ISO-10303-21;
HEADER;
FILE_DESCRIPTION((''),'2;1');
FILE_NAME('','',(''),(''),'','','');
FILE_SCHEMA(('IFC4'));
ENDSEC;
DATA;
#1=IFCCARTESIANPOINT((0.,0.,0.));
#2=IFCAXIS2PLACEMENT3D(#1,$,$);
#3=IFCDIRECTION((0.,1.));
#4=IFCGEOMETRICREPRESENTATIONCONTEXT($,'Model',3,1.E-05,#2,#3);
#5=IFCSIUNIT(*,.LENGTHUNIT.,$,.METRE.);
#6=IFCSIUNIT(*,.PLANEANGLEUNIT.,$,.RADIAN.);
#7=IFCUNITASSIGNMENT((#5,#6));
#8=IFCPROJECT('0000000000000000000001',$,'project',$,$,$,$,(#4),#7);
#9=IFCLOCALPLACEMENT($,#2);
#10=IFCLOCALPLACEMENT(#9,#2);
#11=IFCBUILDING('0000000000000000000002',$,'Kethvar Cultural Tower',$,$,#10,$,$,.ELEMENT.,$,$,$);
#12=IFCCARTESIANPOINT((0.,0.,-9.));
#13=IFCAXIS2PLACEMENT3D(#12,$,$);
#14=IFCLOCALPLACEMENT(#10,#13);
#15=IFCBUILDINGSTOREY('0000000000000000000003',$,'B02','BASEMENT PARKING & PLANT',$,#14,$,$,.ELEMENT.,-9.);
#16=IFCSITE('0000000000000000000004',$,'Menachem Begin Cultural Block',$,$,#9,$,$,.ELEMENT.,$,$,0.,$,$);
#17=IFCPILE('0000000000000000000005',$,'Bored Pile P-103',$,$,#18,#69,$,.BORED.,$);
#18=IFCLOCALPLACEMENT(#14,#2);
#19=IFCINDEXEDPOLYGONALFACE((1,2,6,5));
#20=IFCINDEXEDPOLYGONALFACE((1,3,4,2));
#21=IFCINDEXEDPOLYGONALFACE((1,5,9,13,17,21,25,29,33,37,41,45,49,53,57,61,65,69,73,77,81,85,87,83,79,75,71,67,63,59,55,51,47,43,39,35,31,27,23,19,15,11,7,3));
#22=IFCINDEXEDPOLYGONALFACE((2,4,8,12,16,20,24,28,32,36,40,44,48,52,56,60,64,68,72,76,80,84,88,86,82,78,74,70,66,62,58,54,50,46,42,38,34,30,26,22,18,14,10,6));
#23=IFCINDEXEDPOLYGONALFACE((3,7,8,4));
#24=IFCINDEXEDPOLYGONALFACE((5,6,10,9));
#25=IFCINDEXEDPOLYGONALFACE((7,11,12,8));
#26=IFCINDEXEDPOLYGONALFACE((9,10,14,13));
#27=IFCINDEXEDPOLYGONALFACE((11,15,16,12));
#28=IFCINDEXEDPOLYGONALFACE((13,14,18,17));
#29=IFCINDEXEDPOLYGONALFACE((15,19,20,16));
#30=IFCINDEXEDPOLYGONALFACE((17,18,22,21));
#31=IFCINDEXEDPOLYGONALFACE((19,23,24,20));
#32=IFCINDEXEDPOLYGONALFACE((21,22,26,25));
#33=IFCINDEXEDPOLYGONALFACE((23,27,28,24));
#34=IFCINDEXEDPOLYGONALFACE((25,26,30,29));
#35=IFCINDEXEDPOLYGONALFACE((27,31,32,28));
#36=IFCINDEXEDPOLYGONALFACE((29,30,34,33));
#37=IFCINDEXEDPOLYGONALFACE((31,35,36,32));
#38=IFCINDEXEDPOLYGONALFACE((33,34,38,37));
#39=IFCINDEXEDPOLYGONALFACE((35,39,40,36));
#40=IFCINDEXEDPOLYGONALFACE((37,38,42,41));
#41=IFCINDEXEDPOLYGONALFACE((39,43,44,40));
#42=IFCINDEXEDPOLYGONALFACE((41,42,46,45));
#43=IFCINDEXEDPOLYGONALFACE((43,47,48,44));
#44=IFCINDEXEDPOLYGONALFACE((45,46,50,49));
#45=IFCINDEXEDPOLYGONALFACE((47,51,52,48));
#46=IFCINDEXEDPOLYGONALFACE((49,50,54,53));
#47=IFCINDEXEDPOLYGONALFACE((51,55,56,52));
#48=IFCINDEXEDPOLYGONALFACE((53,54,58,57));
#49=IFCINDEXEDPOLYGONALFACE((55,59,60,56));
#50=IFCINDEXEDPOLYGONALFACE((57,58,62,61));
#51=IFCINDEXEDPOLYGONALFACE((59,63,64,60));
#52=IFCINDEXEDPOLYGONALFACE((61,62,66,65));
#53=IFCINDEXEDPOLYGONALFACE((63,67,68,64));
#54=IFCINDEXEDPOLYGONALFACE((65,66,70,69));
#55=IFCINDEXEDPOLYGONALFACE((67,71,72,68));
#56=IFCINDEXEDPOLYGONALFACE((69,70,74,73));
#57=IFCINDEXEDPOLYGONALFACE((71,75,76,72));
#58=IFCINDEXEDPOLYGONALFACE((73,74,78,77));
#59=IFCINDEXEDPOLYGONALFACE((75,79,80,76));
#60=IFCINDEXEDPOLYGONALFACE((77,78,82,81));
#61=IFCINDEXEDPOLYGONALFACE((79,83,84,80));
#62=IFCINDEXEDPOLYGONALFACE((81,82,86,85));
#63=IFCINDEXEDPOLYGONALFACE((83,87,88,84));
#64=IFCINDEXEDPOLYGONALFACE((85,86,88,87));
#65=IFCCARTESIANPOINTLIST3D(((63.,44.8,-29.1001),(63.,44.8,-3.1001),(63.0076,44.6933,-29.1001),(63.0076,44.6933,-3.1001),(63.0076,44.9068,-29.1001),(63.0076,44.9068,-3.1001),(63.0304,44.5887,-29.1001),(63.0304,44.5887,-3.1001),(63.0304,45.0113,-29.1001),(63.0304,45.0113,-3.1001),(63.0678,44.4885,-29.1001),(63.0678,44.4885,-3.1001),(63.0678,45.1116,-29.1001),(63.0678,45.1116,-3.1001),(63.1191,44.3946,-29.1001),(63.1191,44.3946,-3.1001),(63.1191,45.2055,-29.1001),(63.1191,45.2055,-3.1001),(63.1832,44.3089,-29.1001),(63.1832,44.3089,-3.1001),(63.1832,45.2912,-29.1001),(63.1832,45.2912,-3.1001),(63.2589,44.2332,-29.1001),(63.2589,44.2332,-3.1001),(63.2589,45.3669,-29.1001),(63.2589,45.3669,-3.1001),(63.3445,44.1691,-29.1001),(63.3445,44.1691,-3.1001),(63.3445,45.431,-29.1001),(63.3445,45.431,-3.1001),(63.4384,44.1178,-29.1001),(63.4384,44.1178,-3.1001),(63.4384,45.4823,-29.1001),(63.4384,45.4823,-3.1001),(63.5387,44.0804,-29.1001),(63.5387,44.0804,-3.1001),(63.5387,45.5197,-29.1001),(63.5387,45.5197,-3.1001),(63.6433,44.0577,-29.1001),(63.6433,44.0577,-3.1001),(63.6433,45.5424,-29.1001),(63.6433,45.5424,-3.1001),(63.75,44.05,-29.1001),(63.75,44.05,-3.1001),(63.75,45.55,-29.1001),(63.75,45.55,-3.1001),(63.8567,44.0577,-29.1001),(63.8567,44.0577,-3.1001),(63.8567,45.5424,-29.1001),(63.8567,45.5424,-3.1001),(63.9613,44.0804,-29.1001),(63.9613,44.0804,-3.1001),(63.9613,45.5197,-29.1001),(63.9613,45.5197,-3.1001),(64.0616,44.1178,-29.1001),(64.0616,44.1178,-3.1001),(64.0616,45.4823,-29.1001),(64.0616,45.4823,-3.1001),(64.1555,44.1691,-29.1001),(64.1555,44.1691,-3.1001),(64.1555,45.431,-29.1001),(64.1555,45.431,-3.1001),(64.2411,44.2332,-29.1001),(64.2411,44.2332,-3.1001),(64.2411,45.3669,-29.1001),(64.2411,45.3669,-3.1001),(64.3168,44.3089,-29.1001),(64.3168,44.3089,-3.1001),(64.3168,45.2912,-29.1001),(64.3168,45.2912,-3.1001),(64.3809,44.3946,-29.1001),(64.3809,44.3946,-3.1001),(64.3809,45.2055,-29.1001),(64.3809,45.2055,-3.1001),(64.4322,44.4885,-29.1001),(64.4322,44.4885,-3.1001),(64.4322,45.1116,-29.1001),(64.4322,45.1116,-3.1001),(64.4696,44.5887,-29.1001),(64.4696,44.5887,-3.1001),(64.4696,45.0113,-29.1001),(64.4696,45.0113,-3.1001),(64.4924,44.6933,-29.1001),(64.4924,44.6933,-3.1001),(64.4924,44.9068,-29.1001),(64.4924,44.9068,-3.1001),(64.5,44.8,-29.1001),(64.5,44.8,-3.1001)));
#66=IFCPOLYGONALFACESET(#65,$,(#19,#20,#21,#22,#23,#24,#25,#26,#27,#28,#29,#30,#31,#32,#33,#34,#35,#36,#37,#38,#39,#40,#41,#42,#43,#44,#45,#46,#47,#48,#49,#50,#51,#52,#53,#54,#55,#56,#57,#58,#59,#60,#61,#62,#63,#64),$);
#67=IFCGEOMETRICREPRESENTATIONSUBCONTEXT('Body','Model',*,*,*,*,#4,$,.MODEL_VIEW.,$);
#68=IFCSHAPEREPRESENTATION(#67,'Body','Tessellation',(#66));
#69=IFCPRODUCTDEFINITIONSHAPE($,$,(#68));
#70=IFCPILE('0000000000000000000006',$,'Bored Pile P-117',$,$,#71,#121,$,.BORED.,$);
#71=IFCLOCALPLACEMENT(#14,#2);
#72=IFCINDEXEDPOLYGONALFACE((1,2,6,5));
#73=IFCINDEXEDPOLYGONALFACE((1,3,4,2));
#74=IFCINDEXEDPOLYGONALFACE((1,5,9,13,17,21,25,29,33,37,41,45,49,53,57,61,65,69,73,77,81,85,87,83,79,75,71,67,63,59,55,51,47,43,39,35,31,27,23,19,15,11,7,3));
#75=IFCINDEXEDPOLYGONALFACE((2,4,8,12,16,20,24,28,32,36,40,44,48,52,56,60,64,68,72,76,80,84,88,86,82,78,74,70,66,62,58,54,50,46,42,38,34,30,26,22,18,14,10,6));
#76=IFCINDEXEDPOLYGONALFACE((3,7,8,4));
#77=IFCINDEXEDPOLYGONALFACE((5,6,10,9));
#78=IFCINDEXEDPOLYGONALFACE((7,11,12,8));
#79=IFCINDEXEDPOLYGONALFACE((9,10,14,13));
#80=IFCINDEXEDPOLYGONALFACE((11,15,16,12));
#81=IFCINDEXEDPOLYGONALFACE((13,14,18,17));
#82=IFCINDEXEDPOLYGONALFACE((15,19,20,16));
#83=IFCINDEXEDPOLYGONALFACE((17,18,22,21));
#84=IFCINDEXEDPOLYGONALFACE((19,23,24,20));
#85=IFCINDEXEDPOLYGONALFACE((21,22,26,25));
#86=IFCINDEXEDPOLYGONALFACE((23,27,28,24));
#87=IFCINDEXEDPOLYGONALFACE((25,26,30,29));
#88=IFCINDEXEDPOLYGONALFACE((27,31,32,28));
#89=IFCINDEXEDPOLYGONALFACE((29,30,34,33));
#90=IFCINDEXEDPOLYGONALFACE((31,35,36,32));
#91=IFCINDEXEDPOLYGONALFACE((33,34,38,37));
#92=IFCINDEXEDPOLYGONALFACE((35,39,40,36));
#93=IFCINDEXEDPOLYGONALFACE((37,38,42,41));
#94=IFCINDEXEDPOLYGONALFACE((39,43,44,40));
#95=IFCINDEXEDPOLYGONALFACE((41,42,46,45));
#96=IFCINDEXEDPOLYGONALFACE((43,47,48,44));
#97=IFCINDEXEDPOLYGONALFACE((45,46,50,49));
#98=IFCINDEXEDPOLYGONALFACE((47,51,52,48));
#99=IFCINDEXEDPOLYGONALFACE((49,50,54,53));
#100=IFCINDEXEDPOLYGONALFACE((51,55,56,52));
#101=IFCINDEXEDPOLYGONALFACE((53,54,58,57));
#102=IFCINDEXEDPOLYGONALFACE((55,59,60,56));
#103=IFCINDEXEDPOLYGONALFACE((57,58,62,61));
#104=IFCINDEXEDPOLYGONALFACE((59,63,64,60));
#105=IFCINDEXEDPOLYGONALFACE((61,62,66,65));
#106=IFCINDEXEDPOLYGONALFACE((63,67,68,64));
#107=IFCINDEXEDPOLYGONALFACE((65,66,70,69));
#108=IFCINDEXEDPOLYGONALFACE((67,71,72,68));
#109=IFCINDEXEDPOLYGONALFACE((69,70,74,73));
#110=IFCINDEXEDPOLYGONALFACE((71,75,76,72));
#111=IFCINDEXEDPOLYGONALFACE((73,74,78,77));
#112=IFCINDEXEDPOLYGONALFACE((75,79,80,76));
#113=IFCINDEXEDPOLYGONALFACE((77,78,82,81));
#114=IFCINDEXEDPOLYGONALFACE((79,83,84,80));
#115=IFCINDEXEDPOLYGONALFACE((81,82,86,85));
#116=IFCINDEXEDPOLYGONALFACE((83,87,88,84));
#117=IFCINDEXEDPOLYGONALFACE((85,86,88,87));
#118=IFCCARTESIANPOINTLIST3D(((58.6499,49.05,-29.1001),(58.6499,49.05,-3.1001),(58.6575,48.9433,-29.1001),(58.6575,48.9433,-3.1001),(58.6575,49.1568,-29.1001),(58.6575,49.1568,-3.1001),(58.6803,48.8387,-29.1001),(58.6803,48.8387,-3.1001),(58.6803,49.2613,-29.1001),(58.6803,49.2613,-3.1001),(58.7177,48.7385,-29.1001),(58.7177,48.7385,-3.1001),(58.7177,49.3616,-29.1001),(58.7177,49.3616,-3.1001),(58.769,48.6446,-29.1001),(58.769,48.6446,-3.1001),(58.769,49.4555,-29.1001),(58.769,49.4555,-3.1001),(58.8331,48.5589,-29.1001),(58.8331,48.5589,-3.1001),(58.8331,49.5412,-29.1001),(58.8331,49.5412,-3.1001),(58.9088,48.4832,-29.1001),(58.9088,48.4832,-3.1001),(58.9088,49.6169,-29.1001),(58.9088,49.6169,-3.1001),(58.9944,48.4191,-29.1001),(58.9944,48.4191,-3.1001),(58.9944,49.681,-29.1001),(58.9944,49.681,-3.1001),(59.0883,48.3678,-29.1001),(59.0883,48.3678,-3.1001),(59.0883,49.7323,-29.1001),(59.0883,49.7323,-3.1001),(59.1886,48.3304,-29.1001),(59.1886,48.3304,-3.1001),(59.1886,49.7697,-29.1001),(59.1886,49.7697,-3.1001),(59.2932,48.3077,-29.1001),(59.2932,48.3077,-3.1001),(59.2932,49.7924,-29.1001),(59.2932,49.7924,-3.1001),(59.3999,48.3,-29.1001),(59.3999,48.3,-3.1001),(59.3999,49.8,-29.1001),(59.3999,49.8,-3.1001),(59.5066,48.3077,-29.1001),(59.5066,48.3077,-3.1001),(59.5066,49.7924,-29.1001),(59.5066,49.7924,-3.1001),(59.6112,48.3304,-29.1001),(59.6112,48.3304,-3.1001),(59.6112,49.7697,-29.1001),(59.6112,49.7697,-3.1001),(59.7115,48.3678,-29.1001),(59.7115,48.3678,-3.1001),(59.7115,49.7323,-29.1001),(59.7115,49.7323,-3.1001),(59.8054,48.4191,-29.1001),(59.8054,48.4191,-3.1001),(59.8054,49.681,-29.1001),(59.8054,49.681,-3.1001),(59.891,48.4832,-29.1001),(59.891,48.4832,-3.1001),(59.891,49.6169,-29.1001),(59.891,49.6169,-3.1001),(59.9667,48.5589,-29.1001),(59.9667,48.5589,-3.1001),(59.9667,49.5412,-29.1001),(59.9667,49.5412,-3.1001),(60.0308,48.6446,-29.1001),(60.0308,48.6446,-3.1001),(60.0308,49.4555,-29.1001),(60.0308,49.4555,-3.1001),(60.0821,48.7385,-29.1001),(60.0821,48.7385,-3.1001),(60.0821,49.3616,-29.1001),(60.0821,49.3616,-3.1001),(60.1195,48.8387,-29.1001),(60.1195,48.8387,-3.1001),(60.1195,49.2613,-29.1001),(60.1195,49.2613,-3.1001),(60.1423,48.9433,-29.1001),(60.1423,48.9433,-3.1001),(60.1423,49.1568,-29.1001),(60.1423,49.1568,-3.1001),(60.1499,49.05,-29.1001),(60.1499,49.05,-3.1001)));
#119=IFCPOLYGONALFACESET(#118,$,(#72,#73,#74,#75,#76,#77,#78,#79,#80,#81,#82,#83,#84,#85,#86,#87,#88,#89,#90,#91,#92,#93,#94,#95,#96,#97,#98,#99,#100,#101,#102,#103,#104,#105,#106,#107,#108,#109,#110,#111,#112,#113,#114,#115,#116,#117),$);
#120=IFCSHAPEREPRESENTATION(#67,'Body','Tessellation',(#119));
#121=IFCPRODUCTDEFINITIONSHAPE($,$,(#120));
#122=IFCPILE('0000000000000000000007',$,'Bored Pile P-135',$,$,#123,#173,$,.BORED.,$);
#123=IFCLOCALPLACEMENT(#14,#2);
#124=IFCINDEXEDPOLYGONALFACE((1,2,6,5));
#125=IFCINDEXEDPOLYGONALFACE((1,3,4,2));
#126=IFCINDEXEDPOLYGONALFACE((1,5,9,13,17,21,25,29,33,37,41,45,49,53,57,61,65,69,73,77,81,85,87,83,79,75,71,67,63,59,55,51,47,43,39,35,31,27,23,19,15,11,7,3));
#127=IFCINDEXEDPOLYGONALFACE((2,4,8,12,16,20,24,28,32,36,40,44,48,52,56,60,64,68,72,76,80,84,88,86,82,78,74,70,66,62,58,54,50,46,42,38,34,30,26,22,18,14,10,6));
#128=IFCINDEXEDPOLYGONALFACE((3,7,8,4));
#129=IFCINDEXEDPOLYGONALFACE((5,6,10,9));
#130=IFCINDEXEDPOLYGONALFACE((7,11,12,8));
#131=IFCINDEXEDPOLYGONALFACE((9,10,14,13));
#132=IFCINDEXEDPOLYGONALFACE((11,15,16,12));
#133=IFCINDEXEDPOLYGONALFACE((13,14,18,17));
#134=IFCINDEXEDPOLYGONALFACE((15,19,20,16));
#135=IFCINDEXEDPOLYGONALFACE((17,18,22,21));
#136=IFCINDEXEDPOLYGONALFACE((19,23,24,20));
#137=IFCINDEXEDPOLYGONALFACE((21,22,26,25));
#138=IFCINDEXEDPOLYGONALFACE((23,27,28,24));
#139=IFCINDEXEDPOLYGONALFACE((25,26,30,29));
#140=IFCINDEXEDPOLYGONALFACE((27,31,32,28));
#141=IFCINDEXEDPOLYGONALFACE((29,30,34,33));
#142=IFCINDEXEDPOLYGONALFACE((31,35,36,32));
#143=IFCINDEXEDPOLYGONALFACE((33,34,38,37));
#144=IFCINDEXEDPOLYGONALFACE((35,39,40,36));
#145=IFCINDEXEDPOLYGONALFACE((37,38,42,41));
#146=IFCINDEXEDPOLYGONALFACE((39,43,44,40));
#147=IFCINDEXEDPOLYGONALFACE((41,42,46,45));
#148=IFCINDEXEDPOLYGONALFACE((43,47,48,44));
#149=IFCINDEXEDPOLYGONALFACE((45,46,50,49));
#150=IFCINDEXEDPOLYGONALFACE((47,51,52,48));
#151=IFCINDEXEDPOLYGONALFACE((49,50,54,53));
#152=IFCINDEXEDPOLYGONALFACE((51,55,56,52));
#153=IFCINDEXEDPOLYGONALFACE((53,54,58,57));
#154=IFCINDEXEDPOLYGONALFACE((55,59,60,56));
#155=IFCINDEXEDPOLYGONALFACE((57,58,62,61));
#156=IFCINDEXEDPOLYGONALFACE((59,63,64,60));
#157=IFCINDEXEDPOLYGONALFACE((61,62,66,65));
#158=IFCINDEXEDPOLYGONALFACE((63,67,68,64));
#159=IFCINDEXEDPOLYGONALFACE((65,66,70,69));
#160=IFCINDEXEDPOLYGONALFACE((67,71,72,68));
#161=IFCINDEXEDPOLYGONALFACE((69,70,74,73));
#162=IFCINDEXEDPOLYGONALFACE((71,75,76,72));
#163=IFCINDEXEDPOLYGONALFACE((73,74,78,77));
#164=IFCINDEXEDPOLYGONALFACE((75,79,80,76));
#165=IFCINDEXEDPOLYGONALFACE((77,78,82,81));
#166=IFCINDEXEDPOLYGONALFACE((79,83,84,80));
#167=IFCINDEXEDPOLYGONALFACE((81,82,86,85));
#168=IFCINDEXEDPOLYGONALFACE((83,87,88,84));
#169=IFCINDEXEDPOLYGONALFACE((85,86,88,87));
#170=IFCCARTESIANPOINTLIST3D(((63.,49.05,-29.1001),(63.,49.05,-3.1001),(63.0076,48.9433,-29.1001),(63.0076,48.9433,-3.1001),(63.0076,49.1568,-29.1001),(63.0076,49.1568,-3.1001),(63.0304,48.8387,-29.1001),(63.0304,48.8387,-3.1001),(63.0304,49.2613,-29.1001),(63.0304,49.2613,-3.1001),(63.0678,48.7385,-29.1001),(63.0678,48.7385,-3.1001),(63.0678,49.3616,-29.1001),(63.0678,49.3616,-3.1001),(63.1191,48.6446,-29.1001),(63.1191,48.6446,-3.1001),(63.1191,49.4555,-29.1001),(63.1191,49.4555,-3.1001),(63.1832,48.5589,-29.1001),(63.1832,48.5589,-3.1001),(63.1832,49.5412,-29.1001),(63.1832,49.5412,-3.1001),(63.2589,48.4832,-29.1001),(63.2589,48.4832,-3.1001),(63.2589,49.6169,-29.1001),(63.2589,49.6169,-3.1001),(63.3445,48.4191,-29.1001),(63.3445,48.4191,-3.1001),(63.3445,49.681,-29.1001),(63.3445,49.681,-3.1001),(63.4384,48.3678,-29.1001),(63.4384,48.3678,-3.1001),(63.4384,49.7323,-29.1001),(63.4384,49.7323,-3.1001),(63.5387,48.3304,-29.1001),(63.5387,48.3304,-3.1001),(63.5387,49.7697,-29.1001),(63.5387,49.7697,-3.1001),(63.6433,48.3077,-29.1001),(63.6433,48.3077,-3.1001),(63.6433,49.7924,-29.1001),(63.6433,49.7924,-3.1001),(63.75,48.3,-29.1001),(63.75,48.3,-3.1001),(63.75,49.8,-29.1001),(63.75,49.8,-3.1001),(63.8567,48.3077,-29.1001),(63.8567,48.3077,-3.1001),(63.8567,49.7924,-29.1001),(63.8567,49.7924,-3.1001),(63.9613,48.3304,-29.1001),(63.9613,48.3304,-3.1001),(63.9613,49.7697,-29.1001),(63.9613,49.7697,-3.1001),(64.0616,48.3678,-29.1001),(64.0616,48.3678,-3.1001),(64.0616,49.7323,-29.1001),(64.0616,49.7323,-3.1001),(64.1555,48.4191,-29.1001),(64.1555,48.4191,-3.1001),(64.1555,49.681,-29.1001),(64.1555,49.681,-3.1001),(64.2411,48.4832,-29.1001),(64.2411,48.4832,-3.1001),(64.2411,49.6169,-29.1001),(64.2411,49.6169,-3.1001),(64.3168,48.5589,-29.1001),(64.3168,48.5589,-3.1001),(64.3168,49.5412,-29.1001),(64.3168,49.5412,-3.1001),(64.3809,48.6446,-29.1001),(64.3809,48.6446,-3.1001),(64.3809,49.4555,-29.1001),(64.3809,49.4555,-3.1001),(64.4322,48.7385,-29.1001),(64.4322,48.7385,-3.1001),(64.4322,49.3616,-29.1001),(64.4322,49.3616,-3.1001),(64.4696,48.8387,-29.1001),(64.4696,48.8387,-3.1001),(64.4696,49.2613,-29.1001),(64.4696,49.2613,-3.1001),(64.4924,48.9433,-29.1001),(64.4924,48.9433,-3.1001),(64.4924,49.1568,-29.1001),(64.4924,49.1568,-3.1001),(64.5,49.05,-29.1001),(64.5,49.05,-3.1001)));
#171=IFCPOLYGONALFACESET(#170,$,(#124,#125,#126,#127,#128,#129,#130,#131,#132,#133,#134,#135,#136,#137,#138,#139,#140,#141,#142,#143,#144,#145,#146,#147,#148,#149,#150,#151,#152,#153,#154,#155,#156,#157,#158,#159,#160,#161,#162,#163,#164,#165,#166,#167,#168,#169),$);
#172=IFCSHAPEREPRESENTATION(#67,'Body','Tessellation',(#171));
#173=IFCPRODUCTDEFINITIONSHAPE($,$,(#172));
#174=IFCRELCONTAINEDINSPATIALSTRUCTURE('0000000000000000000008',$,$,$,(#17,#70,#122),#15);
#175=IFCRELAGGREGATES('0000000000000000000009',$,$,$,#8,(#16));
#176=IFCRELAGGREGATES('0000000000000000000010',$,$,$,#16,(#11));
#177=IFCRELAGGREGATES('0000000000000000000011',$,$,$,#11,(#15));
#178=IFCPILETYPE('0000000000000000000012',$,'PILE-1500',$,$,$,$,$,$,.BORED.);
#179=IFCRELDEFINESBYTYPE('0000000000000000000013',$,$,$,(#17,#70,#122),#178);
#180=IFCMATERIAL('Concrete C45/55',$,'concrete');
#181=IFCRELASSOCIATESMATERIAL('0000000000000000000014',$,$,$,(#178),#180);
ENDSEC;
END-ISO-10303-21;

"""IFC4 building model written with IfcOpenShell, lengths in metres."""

from ifc_helpers import new_model, si_unit, direction, frame, origin, origin_2d, place, context, subcontext, project, spatial, circle, extrude, source, transform, mapped, material, material_profile, profile_set, type_object, element, save


model = new_model("IFC4")

# Units and contexts
model_context = context("Model", 3, precision=1e-05, world=origin(), true_north=direction((0.0, 1.0)))
body_context = subcontext(model_context, "Body", "Model", "MODEL_VIEW")
ifc_project = project(units=[si_unit("LENGTHUNIT", "METRE"), si_unit("PLANEANGLEUNIT", "RADIAN")], contexts=[model_context])

# Site, building, storey
site_placement = place(None, origin())
site = spatial("IfcSite", under=ifc_project, at=site_placement, Name="Menachem Begin Cultural Block", CompositionType="ELEMENT", RefElevation=0.0)
building_placement = place(site_placement, origin())
building = spatial("IfcBuilding", under=site, at=building_placement, Name="Kethvar Cultural Tower", CompositionType="ELEMENT")
storey_placement = place(building_placement, frame((0.0, 0.0, -9.0)))
storey = spatial("IfcBuildingStorey", under=building, at=storey_placement, Name="B02", Description="BASEMENT PARKING & PLANT", CompositionType="ELEMENT", Elevation=-9.0)

# Piles
ifc_material_1 = material(Name="Concrete C45/55", Category="concrete")
ifc_material_profile_1 = material_profile(ifc_material_1, circle(Radius=0.75, at=origin_2d()), Name="Concrete C45/55 — PILE1500")
ifc_profile_set_1 = profile_set([ifc_material_profile_1], Name="Concrete C45/55 — PILE1500")
pile_type = type_object("IfcPileType", Name="PILE-1500", PredefinedType="BORED", material=ifc_profile_set_1)
shared_shape_1 = source(origin(), body_context, "Body", "SweptSolid", [
    extrude(circle(Radius=0.75, at=origin_2d()), origin(), (0.0, 0.0, 1.0), 26.0),
])
for number, where, z_axis, x_axis, name in (
    (1, (63.75, 44.8, -3.1001), (0.0, 0.0, -1.0), (1.0, 0.0, 0.0), "Bored Pile P-103"),
    (2, (59.3999, 49.05, -3.1001), (0.0, 0.0, -1.0), (1.0, 0.0, 0.0), "Bored Pile P-117"),
    (3, (63.75, 49.05, -3.1001), (0.0, 0.0, -1.0), (1.0, 0.0, 0.0), "Bored Pile P-135"),
):
    element("IfcPile", number, at=place(storey_placement, frame(where, z_axis=z_axis, x_axis=x_axis)), inside=storey, type_object=pile_type, Name=name, PredefinedType="BORED", context=body_context, shape_type="MappedRepresentation", body=[
        mapped(shared_shape_1, transform((0.0, 0.0, 0.0), scale=1.0)),
    ])

save(model, "model.ifc")
